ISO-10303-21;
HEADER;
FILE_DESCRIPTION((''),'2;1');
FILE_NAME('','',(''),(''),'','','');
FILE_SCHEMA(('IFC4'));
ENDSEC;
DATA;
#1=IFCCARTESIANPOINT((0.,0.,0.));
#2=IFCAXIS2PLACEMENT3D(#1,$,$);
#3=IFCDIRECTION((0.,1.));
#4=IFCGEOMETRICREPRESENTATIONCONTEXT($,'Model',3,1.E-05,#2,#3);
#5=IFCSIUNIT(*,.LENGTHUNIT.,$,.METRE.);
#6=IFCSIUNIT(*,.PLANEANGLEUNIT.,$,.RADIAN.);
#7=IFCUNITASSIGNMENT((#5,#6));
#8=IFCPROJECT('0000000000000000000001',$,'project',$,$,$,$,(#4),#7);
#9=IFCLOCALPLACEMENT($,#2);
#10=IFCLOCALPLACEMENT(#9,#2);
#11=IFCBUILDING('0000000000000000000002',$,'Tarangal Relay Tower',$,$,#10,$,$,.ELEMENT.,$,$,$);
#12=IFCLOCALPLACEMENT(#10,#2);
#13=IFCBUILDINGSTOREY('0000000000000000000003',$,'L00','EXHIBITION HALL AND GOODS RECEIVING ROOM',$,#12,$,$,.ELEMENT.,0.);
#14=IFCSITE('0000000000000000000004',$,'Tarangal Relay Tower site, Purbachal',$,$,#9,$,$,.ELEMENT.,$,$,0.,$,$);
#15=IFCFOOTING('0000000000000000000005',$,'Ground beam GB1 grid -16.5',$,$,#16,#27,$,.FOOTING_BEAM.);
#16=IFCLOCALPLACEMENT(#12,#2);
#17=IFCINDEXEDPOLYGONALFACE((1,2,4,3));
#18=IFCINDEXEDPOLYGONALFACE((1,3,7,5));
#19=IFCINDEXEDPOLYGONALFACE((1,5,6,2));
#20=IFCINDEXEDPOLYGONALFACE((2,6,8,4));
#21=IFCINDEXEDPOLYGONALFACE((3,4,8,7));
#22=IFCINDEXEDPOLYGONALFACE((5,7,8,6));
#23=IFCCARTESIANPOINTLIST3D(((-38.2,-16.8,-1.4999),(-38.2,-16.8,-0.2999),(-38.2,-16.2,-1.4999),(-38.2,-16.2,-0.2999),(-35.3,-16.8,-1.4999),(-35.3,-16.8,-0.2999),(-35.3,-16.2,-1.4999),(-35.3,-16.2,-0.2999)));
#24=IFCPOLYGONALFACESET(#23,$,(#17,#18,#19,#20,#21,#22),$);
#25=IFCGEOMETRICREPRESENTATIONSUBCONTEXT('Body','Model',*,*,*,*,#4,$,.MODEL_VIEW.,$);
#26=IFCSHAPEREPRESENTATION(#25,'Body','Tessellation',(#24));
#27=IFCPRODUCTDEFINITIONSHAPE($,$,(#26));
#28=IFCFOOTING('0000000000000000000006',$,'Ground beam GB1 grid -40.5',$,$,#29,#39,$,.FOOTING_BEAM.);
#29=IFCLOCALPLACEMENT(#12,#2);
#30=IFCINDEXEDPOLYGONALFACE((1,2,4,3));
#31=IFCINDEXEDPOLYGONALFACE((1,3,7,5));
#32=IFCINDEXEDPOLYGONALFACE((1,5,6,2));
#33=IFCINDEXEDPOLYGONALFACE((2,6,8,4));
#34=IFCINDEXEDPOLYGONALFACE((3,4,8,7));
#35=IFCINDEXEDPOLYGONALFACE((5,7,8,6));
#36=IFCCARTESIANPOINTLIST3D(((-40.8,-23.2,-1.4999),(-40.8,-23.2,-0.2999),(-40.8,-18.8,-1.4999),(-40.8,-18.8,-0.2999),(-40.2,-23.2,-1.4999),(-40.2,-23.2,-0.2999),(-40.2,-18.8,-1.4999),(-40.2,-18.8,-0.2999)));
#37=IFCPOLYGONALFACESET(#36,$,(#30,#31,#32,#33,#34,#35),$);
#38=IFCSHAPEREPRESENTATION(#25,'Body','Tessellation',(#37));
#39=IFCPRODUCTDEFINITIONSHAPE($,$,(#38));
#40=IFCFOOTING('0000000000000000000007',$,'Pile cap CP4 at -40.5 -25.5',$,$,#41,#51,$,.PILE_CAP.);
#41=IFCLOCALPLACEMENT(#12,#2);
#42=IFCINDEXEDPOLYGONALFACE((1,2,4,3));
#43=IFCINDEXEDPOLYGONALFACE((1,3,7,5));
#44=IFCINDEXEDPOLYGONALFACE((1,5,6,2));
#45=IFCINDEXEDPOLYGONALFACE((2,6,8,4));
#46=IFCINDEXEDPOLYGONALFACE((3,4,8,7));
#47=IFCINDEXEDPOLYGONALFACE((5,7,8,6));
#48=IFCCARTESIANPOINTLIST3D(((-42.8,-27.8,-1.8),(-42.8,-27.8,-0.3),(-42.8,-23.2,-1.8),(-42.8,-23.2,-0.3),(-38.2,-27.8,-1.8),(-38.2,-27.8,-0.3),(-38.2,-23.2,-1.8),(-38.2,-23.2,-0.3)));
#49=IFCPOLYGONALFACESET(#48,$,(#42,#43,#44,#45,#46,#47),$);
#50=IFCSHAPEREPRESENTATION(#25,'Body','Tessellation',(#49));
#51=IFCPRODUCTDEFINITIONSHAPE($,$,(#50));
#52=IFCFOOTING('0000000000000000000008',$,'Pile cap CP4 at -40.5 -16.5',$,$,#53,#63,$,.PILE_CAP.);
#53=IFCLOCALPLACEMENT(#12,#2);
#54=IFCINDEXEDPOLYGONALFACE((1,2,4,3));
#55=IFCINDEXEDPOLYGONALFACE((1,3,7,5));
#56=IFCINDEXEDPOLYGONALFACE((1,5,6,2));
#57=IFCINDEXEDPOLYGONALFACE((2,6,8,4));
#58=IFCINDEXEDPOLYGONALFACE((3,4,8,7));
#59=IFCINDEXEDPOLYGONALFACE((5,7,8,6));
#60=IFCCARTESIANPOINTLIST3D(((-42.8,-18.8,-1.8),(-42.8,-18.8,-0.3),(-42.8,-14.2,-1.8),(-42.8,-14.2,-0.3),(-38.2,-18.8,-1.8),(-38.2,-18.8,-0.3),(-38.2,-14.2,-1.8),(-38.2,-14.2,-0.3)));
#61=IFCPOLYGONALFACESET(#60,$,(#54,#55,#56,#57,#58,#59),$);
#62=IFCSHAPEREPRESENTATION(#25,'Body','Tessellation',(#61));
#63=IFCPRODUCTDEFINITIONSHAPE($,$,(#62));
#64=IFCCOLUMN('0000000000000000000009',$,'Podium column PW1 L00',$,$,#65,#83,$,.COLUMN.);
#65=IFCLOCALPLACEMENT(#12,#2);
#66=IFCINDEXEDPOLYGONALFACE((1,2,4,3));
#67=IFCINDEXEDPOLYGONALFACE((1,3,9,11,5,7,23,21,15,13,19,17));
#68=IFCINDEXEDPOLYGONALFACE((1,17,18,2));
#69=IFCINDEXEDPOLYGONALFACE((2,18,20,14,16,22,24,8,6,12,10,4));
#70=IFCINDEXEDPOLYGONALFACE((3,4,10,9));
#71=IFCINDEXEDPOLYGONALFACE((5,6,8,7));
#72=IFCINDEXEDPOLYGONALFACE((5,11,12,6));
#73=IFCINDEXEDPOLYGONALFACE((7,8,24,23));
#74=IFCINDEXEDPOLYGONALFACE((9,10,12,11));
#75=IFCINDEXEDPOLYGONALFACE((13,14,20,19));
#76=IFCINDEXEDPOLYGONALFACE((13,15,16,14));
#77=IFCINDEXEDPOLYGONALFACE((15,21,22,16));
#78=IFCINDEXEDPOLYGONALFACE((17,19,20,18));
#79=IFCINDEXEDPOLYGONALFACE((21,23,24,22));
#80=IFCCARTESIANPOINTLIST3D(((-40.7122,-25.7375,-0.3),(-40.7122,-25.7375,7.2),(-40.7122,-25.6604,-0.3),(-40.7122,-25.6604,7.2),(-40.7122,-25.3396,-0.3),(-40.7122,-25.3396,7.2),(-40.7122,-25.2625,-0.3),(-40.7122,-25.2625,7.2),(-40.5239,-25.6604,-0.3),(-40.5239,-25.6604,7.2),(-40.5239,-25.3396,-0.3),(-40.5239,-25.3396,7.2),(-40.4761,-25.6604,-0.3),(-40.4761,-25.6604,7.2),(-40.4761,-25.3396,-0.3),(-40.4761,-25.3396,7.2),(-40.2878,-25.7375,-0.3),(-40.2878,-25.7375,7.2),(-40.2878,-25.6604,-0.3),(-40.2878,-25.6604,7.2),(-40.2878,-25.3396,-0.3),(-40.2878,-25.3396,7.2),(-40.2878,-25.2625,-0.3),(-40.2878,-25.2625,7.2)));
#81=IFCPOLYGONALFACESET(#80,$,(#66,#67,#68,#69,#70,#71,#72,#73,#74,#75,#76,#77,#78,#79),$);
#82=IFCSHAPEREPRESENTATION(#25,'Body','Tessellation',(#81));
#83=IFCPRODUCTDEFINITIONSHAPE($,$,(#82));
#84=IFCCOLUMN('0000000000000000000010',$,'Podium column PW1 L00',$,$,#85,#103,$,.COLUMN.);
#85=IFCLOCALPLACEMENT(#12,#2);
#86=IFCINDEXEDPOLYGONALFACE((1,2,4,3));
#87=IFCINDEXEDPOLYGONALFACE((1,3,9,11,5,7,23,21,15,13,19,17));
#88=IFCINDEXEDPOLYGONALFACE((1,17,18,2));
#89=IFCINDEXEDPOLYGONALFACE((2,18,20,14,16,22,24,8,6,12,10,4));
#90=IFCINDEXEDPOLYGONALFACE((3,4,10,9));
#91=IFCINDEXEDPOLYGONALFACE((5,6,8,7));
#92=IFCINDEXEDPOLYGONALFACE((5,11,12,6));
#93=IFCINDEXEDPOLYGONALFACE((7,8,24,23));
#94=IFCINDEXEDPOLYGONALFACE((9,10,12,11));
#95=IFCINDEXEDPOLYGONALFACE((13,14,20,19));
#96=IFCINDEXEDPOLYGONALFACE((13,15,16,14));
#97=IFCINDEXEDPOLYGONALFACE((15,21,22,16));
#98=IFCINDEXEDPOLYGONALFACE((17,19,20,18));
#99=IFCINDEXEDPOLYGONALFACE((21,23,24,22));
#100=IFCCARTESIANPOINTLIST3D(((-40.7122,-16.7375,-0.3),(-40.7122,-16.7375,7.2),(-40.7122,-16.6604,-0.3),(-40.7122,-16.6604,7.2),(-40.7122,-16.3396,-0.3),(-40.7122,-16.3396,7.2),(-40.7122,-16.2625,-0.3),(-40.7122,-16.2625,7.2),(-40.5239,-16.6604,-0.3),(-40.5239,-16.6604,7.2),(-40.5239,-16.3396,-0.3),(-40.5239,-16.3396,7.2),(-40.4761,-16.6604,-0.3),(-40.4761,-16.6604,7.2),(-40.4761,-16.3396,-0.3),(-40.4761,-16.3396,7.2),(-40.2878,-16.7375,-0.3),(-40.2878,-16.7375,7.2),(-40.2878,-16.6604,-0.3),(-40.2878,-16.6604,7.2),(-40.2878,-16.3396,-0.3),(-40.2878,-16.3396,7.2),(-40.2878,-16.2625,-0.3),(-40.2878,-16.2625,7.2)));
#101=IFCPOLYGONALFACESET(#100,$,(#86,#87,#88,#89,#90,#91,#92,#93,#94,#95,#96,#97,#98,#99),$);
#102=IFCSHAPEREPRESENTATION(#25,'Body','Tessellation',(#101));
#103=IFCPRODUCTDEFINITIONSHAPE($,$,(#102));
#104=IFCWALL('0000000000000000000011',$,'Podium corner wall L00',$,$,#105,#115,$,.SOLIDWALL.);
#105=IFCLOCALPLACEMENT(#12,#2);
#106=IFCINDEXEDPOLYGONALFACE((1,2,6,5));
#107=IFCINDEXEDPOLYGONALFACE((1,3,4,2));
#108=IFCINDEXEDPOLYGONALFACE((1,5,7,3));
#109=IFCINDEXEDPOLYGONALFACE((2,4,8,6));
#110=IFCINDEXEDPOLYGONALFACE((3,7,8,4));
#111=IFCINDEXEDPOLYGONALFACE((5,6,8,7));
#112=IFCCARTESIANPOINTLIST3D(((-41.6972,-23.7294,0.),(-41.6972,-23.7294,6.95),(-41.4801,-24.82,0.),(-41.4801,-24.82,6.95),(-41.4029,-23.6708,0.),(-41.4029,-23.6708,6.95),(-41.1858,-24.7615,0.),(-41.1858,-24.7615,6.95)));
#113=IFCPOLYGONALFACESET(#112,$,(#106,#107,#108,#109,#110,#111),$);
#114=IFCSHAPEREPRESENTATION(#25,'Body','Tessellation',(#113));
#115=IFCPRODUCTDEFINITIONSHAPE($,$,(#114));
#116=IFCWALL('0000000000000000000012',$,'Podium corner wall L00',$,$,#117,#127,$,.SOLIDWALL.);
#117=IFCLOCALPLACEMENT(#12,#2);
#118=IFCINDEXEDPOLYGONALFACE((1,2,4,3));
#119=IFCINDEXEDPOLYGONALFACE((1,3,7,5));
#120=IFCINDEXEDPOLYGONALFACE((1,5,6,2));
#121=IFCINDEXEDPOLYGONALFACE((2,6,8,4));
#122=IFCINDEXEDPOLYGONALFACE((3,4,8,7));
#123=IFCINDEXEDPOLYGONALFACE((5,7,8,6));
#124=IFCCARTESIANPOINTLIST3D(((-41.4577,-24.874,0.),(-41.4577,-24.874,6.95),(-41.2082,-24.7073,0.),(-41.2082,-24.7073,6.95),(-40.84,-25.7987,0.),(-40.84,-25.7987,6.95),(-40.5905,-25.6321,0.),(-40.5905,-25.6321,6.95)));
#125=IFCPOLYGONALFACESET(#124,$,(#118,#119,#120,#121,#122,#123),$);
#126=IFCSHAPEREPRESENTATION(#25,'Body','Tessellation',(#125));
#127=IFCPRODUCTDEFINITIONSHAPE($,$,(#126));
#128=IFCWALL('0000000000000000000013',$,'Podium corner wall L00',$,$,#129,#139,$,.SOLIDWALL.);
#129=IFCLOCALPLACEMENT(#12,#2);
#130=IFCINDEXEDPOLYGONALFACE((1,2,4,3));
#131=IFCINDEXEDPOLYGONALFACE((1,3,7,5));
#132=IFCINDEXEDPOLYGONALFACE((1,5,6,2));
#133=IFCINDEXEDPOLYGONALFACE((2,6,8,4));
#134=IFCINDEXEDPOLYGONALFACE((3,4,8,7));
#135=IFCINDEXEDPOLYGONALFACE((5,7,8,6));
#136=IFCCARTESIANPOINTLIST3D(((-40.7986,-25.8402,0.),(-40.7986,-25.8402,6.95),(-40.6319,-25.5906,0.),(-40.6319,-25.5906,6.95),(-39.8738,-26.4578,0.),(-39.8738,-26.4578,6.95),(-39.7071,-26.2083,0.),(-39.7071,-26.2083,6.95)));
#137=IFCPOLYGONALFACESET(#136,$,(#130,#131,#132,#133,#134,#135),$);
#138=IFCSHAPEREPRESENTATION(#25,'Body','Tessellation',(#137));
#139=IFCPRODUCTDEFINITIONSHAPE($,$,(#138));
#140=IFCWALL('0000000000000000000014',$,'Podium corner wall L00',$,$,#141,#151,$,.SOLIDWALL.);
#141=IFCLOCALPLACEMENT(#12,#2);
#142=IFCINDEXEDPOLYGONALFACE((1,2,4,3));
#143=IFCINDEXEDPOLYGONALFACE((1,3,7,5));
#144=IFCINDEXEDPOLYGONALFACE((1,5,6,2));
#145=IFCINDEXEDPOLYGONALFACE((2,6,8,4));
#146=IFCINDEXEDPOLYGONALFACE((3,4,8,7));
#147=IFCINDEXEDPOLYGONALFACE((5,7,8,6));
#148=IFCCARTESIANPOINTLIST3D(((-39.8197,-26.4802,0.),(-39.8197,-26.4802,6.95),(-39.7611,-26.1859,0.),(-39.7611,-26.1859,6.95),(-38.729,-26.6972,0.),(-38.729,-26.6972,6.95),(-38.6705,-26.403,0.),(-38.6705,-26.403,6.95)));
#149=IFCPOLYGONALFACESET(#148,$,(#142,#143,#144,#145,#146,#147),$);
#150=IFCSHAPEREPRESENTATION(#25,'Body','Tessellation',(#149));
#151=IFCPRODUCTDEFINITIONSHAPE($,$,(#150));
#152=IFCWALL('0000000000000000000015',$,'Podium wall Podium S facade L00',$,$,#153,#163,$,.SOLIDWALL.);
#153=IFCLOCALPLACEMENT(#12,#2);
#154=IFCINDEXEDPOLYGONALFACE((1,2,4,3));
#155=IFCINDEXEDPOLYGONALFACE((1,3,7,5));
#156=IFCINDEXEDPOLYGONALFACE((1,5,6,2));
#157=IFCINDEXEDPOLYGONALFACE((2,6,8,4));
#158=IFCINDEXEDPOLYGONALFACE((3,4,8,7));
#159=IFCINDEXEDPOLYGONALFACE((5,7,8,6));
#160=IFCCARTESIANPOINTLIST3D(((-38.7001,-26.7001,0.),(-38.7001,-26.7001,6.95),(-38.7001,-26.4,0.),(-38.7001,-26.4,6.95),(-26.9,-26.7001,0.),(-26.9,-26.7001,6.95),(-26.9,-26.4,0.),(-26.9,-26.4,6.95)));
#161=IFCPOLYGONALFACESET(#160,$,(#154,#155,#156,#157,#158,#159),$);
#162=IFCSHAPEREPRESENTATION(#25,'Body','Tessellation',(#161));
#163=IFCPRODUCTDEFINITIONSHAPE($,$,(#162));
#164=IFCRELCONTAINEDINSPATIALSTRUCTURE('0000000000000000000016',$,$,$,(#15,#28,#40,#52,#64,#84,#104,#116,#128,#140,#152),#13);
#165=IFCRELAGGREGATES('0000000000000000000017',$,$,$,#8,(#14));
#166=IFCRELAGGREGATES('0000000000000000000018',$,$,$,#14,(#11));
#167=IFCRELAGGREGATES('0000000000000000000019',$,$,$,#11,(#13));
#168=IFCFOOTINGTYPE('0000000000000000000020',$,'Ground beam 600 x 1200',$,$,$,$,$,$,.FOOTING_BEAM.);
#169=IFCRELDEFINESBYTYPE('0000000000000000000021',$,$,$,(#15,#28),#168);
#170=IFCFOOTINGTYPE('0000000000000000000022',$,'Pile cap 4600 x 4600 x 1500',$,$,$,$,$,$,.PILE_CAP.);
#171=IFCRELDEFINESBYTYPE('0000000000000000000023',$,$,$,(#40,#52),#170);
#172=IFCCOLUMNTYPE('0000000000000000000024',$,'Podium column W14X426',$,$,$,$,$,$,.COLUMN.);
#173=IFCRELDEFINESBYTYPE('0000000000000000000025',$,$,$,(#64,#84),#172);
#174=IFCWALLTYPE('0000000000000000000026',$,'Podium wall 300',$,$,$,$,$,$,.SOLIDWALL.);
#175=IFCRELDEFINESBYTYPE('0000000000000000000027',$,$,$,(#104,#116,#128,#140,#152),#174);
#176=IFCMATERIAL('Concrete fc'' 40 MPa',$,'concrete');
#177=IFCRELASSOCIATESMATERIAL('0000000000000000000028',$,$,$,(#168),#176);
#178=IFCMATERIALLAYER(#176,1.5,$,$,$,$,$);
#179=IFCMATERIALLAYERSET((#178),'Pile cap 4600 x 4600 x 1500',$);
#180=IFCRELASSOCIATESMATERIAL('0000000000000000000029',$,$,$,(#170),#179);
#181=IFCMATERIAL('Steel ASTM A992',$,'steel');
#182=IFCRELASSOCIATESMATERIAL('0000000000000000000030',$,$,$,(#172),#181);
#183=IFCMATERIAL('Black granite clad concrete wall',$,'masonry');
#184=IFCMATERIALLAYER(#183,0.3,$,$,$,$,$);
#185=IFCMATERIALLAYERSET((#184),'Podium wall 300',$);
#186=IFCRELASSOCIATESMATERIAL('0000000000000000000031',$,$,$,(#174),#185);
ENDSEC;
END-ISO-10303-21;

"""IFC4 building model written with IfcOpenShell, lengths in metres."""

from ifc_helpers import new_model, si_unit, direction, frame, frame_2d, origin, origin_2d, place, context, subcontext, project, spatial, rectangle, i_section, extrude, material, layer, layer_set, material_profile, profile_set, type_object, element, save


model = new_model("IFC4")

# Units and contexts
model_context = context("Model", 3, precision=1e-05, world=origin(), true_north=direction((0.0, 1.0)))
body_context = subcontext(model_context, "Body", "Model", "MODEL_VIEW")
ifc_project = project(units=[si_unit("LENGTHUNIT", "METRE"), si_unit("PLANEANGLEUNIT", "RADIAN")], contexts=[model_context])

# Site, building, storey
site_placement = place(None, origin())
site = spatial("IfcSite", under=ifc_project, at=site_placement, Name="Tarangal Relay Tower site, Purbachal", CompositionType="ELEMENT", RefElevation=0.0)
building_placement = place(site_placement, origin())
building = spatial("IfcBuilding", under=site, at=building_placement, Name="Tarangal Relay Tower", CompositionType="ELEMENT")
storey_placement = place(building_placement, origin())
storey = spatial("IfcBuildingStorey", under=building, at=storey_placement, Name="L00", Description="EXHIBITION HALL AND GOODS RECEIVING ROOM", CompositionType="ELEMENT", Elevation=0.0)

# Shared definitions
ifc_material_1 = material(Name="Concrete fc' 40 MPa", Category="concrete")

# Footings
ifc_material_profile_1 = material_profile(ifc_material_1, rectangle(XDim=0.6001, YDim=1.2, at=origin_2d()), Name="GB 600X1200")
ifc_profile_set_1 = profile_set([ifc_material_profile_1], Name="Concrete fc' 40 MPa")
footing_type_1 = type_object("IfcFootingType", Name="Ground beam 600 x 1200", PredefinedType="FOOTING_BEAM", material=ifc_profile_set_1)
for number, where, z_axis, x_axis, name in (
    (1, (-35.3, -16.5, -0.8999), (-1.0, 0.0, 0.0), (0.0, -1.0, 0.0), "Ground beam GB1 grid -16.5"),
):
    element("IfcFooting", number, at=place(storey_placement, frame(where, z_axis=z_axis, x_axis=x_axis)), inside=storey, type_object=footing_type_1, Name=name, PredefinedType="FOOTING_BEAM", context=body_context, shape_type="SweptSolid", body=[
        extrude(rectangle(XDim=0.6001, YDim=1.2, at=origin_2d()), origin(), (0.0, 0.0, 1.0), 2.8999),
    ])
footing_placement = place(storey_placement, frame((-40.5, -23.2, -0.8999), z_axis=(0.0, 1.0, 0.0), x_axis=(-1.0, 0.0, 0.0)))
element("IfcFooting", 2, at=footing_placement, inside=storey, type_object=footing_type_1, Name="Ground beam GB1 grid -40.5", PredefinedType="FOOTING_BEAM", context=body_context, shape_type="SweptSolid", body=[
    extrude(rectangle(XDim=0.6001, YDim=1.2, at=origin_2d()), origin(), (0.0, 0.0, 1.0), 4.3999),
])
ifc_layer_1 = layer(ifc_material_1, 1.5)
ifc_layer_set_1 = layer_set([ifc_layer_1], Name="Pile cap 4600 x 4600 x 1500")
footing_type_2 = type_object("IfcFootingType", Name="Pile cap 4600 x 4600 x 1500", PredefinedType="PILE_CAP", material=ifc_layer_set_1)
for number, where, z_axis, x_axis, name in (
    (3, (-40.5, -25.5, -1.8), (0.0, 0.0, 1.0), (1.0, 0.0, 0.0), "Pile cap CP4 at -40.5 -25.5"),
    (4, (-40.5, -16.5, -1.8), (0.0, 0.0, 1.0), (1.0, 0.0, 0.0), "Pile cap CP4 at -40.5 -16.5"),
):
    element("IfcFooting", number, at=place(storey_placement, frame(where, z_axis=z_axis, x_axis=x_axis)), inside=storey, type_object=footing_type_2, Name=name, PredefinedType="PILE_CAP", context=body_context, shape_type="SweptSolid", body=[
        extrude(rectangle(XDim=4.6001, YDim=4.6001, at=origin_2d()), origin(), (0.0, 0.0, 1.0), 1.5),
    ])

# Columns
ifc_material_2 = material(Name="Steel ASTM A992", Category="steel")
ifc_material_profile_2 = material_profile(ifc_material_2, i_section(OverallWidth=0.4243, OverallDepth=0.4751, WebThickness=0.0479, FlangeThickness=0.0771, at=origin_2d()), Name="W14X426")
ifc_profile_set_2 = profile_set([ifc_material_profile_2], Name="Steel ASTM A992")
column_type = type_object("IfcColumnType", Name="Podium column W14X426", PredefinedType="COLUMN", material=ifc_profile_set_2)
for number, where, z_axis, x_axis, name in (
    (5, (-40.5, -25.5, -0.3), (0.0, 0.0, 1.0), (1.0, 0.0, 0.0), "Podium column PW1 L00"),
    (6, (-40.5, -16.5, -0.3), (0.0, 0.0, 1.0), (1.0, 0.0, 0.0), "Podium column PW1 L00"),
):
    element("IfcColumn", number, at=place(storey_placement, frame(where, z_axis=z_axis, x_axis=x_axis)), inside=storey, type_object=column_type, Name=name, PredefinedType="COLUMN", context=body_context, shape_type="SweptSolid", body=[
        extrude(i_section(OverallWidth=0.4243, OverallDepth=0.4751, WebThickness=0.0479, FlangeThickness=0.0771, at=origin_2d()), origin(), (0.0, 0.0, 1.0), 7.5),
    ])

# Walls
ifc_material_3 = material(Name="Black granite clad concrete wall", Category="masonry")
ifc_layer_2 = layer(ifc_material_3, 0.3)
ifc_layer_set_2 = layer_set([ifc_layer_2], Name="Podium wall 300")
wall_type = type_object("IfcWallType", Name="Podium wall 300", PredefinedType="SOLIDWALL", material=ifc_layer_set_2)
for number, where, z_axis, x_axis, name in (
    (7, (-41.55, -23.7, 0.0), (0.0, 0.0, 1.0), (0.195187, -0.980766, 0.0), "Podium corner wall L00"),
    (8, (-41.333, -24.7905, 0.0), (0.0, 0.0, 1.0), (0.555409, -0.831577, 0.0), "Podium corner wall L00"),
    (9, (-40.7153, -25.7153, 0.0), (0.0, 0.0, 1.0), (0.831577, -0.555409, 0.0), "Podium corner wall L00"),
    (10, (-39.7905, -26.333, 0.0), (0.0, 0.0, 1.0), (0.980766, -0.195187, 0.0), "Podium corner wall L00"),
):
    element("IfcWall", number, at=place(storey_placement, frame(where, z_axis=z_axis, x_axis=x_axis)), inside=storey, type_object=wall_type, Name=name, PredefinedType="SOLIDWALL", context=body_context, shape_type="SweptSolid", body=[
        extrude(rectangle(XDim=1.1121, YDim=0.3, at=frame_2d((0.5562, 0.0))), origin(), (0.0, 0.0, 1.0), 6.95),
    ])
wall_placement = place(storey_placement, frame((-38.7, -26.55, 0.0), z_axis=(0.0, 0.0, 1.0), x_axis=(1.0, 0.0, 0.0)))
element("IfcWall", 11, at=wall_placement, inside=storey, type_object=wall_type, Name="Podium wall Podium S facade L00", PredefinedType="SOLIDWALL", context=body_context, shape_type="SweptSolid", body=[
    extrude(rectangle(XDim=11.8, YDim=0.3, at=frame_2d((5.8999, 0.0))), origin(), (0.0, 0.0, 1.0), 6.95),
])

save(model, "model.ifc")
